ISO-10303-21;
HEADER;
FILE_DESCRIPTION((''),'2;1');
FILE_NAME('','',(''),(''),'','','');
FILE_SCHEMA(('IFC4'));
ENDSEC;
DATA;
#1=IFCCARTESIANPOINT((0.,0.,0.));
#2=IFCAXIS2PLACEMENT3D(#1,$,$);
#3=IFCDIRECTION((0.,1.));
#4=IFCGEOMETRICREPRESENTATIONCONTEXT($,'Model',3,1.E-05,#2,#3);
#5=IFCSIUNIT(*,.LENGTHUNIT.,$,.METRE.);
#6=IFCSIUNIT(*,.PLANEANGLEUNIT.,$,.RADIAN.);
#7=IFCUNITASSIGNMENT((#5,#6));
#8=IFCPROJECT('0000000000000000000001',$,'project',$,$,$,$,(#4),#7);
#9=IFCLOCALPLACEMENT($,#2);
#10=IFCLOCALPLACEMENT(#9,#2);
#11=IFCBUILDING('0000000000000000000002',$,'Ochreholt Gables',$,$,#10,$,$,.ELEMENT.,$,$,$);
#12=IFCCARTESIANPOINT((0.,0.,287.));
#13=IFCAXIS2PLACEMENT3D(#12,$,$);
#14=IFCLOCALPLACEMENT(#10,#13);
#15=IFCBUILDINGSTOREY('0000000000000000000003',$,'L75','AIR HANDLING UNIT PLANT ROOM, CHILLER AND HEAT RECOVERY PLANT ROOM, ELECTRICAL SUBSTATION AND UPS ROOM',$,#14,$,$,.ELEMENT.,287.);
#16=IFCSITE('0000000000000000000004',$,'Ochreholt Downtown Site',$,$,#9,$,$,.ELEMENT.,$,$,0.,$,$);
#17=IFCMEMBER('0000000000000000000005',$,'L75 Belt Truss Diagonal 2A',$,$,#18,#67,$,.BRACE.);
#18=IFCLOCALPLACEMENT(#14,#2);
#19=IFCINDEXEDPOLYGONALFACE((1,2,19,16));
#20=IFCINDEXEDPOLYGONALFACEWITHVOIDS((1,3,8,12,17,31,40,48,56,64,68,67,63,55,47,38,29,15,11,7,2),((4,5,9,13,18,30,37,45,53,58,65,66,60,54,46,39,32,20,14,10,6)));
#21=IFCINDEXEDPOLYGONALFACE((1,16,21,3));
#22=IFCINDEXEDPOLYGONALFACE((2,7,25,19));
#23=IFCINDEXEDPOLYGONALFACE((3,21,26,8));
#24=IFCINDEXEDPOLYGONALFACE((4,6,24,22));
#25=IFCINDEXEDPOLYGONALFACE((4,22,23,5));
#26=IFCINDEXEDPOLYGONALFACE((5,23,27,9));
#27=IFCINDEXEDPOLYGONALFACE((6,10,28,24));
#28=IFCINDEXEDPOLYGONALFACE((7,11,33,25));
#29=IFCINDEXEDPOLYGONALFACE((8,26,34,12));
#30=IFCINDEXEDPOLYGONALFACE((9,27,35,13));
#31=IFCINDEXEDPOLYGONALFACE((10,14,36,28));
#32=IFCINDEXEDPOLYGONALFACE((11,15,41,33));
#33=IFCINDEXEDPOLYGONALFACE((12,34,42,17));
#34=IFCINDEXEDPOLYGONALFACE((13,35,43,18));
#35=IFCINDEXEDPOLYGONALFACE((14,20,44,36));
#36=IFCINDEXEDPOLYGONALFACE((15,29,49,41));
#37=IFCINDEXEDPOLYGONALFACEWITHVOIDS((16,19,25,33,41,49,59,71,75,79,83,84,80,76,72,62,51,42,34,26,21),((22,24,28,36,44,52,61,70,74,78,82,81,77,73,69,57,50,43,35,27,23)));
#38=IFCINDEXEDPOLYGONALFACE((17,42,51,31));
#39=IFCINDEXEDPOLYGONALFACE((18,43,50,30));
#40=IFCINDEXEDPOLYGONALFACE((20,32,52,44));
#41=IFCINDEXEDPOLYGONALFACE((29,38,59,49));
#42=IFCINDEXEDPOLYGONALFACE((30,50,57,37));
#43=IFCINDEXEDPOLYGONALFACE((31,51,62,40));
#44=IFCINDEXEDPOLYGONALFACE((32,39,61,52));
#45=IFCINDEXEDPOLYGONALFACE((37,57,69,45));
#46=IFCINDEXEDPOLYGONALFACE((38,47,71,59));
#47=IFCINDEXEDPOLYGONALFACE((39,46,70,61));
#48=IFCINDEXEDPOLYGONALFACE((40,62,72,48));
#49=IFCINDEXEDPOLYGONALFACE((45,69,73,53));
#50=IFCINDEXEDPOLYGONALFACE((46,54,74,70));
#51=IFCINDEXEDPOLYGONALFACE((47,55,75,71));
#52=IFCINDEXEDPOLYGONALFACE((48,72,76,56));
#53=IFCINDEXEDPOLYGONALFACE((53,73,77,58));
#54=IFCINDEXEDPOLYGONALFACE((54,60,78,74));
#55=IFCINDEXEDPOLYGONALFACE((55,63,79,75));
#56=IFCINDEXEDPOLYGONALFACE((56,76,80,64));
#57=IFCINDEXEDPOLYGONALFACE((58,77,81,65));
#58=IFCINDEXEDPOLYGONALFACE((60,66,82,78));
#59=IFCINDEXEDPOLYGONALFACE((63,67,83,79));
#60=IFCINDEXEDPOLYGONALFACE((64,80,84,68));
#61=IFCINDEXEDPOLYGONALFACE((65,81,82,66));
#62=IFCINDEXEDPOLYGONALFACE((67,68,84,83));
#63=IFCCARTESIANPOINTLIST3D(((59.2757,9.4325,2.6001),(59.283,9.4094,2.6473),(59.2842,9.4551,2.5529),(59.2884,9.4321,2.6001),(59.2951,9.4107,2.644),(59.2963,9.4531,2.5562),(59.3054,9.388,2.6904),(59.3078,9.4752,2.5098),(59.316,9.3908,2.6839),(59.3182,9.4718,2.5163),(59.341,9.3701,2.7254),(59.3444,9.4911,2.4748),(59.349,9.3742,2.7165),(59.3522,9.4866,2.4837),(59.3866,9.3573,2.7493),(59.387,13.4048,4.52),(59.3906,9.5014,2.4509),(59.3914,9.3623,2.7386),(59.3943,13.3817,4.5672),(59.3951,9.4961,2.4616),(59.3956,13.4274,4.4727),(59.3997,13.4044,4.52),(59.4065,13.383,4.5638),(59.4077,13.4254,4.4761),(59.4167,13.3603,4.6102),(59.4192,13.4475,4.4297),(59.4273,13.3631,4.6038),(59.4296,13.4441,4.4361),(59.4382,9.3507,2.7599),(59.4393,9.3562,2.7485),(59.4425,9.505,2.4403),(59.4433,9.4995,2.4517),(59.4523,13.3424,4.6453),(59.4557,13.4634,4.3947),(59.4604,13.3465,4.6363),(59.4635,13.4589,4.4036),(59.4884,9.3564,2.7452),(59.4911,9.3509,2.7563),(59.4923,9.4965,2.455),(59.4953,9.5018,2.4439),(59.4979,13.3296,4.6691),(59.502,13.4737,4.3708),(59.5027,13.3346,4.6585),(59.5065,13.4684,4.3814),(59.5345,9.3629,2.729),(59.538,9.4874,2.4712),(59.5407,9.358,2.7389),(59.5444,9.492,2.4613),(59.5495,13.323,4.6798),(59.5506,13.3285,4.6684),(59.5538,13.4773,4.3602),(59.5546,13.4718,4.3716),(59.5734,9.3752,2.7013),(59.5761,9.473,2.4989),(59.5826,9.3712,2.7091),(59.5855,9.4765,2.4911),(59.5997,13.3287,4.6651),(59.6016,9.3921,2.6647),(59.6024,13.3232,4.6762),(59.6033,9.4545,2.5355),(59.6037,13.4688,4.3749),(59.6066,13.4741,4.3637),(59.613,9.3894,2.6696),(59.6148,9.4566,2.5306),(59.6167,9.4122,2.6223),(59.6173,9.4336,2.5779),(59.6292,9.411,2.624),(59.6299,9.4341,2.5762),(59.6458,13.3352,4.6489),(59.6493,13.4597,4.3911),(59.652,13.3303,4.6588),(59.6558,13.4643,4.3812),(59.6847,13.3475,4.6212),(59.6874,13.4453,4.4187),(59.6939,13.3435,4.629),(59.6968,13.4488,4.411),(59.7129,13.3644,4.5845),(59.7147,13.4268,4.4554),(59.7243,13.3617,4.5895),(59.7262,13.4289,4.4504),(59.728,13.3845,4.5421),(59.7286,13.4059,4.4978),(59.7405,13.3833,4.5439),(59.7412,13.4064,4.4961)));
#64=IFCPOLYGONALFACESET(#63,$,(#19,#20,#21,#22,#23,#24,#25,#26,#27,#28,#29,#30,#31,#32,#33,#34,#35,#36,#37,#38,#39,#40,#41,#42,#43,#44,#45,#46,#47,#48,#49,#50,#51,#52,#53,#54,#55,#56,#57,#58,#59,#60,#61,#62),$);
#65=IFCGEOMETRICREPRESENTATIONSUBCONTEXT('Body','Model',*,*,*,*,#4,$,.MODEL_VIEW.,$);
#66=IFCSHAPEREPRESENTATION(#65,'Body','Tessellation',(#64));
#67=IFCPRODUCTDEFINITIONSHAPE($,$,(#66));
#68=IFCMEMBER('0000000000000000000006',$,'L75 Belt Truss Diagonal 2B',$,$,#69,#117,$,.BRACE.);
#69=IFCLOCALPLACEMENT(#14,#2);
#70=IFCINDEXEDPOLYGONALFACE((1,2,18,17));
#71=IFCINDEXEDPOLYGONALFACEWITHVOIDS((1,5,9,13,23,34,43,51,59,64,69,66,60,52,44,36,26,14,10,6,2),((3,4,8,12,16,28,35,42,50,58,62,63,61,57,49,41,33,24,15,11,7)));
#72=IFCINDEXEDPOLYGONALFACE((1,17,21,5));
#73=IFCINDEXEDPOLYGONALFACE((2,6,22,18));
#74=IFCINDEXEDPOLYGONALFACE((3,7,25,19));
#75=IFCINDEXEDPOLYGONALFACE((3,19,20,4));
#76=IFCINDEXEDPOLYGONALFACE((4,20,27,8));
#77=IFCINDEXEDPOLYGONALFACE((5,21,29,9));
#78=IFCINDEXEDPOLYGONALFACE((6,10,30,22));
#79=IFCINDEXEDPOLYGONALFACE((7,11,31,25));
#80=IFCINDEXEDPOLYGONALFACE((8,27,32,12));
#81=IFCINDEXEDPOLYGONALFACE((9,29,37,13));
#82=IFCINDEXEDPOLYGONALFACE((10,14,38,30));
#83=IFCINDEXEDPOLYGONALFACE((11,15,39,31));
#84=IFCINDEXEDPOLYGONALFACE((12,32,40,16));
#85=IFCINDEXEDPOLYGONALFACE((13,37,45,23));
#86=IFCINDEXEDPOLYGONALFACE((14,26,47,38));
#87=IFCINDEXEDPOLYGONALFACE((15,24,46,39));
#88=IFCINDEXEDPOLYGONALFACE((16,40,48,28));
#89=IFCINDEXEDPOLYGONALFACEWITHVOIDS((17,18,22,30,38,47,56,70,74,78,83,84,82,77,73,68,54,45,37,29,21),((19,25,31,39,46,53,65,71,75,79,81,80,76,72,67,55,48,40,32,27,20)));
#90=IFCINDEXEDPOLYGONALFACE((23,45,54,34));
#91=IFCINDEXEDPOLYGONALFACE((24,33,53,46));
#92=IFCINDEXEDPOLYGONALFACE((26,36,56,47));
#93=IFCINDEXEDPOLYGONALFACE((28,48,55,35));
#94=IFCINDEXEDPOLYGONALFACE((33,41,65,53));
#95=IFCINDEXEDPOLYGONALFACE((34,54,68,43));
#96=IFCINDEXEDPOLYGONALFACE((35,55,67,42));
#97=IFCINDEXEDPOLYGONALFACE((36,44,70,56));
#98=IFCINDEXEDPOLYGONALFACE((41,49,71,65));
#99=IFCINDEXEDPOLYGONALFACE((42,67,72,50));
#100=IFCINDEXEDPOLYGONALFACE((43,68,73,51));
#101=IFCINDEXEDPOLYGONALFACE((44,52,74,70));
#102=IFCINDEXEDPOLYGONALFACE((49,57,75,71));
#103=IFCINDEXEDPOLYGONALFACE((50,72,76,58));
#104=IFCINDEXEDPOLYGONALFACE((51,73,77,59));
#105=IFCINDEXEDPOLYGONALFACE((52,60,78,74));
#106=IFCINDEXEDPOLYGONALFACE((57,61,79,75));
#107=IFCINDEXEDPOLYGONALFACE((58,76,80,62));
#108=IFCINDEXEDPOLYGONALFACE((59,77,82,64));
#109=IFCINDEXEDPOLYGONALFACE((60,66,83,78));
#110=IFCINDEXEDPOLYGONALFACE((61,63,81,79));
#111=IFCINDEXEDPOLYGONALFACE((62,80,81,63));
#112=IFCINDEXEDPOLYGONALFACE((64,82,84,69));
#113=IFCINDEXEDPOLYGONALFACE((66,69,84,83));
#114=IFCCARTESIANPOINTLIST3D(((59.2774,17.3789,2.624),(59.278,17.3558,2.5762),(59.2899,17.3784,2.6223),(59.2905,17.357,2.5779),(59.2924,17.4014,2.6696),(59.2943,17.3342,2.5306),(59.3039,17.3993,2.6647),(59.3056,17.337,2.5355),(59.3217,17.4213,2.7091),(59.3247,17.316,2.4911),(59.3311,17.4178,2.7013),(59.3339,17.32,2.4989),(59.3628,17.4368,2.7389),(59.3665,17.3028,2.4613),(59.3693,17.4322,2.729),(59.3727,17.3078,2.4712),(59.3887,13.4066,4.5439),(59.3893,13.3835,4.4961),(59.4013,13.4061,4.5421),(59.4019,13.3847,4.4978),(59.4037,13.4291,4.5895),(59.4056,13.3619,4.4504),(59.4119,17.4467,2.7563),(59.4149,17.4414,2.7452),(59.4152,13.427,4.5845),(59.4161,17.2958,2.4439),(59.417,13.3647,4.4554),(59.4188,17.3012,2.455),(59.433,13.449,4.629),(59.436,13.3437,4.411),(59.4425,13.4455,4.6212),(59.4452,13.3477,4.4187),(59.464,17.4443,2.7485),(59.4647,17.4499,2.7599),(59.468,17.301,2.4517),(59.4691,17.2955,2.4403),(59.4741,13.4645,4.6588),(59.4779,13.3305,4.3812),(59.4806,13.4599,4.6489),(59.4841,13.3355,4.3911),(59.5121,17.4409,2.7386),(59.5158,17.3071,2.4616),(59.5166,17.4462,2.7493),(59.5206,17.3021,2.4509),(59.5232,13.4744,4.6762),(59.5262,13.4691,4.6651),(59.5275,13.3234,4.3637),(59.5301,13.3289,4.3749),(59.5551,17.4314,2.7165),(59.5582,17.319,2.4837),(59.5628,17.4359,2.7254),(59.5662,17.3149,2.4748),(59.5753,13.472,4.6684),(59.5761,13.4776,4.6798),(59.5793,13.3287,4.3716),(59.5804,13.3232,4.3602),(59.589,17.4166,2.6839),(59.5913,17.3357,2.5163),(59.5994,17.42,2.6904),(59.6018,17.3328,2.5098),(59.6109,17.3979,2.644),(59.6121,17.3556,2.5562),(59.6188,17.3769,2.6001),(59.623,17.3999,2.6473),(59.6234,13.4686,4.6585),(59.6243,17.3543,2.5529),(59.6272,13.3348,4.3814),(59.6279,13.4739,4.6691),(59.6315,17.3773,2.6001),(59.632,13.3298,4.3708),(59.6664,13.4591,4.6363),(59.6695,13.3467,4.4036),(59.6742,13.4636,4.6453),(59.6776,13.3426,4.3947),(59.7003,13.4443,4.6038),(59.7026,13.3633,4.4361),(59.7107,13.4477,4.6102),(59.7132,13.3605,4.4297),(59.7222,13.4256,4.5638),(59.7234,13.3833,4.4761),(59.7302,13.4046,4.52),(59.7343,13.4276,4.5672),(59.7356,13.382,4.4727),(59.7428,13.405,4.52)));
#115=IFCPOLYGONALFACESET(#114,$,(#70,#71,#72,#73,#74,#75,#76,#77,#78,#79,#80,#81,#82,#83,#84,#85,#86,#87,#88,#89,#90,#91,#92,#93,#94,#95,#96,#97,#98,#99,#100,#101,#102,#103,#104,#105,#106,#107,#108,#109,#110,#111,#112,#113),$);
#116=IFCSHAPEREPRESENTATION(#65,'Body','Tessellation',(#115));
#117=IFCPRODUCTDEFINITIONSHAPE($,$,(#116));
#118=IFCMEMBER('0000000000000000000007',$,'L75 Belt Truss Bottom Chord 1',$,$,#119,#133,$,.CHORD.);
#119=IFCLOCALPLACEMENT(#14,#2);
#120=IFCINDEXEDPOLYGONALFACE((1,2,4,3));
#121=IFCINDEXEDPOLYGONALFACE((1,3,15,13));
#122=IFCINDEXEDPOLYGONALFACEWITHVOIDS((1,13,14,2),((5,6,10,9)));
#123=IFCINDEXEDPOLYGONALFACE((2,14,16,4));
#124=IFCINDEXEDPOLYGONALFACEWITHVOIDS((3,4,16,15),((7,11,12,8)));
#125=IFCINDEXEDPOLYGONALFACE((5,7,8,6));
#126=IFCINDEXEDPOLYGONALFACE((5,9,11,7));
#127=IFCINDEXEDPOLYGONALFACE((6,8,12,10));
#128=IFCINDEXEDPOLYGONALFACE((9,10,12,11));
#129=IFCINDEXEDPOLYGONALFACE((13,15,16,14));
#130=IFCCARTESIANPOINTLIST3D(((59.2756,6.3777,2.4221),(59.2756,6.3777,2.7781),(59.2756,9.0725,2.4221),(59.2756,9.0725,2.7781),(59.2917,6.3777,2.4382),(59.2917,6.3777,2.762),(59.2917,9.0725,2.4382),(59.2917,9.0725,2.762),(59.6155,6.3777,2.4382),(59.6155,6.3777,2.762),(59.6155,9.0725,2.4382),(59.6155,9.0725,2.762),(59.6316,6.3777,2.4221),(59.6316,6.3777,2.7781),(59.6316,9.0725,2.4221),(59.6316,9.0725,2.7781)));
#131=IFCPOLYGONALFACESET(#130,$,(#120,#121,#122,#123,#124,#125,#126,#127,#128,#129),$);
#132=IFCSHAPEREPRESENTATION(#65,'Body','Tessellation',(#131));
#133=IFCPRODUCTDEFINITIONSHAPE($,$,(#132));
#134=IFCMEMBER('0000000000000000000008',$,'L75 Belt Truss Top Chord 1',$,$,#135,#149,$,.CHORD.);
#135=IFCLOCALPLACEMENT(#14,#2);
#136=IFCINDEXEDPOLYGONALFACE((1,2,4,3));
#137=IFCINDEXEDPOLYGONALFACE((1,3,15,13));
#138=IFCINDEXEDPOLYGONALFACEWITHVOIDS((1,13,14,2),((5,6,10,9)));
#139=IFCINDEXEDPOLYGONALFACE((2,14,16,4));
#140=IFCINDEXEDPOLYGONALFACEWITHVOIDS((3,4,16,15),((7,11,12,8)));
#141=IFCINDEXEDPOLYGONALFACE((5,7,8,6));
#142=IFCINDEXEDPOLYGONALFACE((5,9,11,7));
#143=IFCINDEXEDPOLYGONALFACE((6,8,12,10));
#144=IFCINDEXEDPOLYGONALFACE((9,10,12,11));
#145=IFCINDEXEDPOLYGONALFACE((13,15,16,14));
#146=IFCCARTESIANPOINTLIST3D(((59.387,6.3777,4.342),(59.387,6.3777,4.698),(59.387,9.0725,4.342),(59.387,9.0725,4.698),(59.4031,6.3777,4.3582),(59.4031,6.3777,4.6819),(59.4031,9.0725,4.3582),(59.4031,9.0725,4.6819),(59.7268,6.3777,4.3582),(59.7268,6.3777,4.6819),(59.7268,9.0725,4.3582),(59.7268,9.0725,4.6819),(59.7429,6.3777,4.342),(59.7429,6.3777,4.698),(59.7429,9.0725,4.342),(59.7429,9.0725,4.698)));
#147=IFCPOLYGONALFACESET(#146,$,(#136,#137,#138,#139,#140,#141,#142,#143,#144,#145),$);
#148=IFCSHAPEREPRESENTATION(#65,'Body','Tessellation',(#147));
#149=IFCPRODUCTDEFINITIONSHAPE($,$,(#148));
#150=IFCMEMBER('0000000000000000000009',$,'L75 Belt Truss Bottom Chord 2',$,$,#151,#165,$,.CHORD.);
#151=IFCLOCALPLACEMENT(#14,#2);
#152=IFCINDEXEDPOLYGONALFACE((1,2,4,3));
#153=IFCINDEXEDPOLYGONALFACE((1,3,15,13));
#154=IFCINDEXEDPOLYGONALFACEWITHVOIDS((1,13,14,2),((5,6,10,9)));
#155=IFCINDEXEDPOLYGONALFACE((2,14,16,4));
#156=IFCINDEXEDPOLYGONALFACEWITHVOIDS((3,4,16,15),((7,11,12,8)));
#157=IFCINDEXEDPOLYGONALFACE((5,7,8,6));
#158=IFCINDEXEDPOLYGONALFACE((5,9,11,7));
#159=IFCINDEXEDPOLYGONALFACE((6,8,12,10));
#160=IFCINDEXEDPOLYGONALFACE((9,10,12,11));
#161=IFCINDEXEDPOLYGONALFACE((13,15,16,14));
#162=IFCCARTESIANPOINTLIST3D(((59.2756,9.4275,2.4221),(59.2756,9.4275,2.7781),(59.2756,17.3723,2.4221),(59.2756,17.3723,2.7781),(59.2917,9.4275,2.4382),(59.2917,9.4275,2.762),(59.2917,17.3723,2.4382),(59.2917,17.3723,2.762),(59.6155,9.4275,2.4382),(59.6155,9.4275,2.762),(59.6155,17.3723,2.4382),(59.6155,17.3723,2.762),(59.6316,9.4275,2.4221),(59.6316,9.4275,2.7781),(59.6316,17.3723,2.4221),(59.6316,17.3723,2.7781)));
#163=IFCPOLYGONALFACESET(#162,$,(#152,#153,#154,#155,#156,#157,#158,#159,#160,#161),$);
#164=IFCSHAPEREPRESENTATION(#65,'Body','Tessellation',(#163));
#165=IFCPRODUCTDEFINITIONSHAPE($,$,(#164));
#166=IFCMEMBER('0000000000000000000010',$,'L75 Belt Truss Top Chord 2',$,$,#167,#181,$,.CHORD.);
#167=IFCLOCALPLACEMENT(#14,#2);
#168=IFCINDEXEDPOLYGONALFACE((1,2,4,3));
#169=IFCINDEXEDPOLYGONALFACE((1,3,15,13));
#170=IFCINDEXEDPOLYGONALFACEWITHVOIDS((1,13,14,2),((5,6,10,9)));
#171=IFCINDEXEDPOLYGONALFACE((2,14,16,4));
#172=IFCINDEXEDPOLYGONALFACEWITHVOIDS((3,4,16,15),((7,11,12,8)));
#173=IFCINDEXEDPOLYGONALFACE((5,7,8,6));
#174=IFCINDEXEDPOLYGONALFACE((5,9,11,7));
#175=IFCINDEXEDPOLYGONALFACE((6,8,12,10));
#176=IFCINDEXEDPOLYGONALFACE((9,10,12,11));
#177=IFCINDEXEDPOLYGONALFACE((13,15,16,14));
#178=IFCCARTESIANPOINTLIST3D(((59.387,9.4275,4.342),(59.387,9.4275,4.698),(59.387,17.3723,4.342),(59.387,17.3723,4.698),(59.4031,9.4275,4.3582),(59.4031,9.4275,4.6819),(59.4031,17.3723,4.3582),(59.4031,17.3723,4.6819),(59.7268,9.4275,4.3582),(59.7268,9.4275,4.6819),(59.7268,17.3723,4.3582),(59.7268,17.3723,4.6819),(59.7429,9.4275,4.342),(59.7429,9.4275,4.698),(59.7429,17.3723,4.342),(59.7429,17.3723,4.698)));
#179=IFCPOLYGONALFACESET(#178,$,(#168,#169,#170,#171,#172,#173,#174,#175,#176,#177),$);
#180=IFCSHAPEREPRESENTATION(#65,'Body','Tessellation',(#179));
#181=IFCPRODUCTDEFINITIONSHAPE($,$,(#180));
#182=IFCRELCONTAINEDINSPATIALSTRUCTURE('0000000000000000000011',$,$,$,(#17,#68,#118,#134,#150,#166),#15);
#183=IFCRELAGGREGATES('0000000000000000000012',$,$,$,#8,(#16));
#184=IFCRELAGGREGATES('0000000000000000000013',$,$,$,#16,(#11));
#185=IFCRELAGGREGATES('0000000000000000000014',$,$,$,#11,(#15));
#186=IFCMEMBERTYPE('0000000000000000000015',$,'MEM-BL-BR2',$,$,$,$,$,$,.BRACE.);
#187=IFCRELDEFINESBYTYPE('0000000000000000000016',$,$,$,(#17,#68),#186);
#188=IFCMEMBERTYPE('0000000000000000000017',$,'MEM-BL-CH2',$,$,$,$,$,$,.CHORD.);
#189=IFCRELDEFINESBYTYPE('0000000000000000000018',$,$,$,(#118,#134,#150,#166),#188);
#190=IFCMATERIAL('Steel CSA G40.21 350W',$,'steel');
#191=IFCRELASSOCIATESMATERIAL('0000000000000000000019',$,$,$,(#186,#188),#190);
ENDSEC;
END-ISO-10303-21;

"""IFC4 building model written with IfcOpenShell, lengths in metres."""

from ifc_helpers import new_model, si_unit, direction, frame, origin, origin_2d, place, context, subcontext, project, spatial, hollow_rectangle, hollow_circle, extrude, material, material_profile, profile_set, type_object, element, save


model = new_model("IFC4")

# Units and contexts
model_context = context("Model", 3, precision=1e-05, world=origin(), true_north=direction((0.0, 1.0)))
body_context = subcontext(model_context, "Body", "Model", "MODEL_VIEW")
ifc_project = project(units=[si_unit("LENGTHUNIT", "METRE"), si_unit("PLANEANGLEUNIT", "RADIAN")], contexts=[model_context])

# Site, building, storey
site_placement = place(None, origin())
site = spatial("IfcSite", under=ifc_project, at=site_placement, Name="Ochreholt Downtown Site", CompositionType="ELEMENT", RefElevation=0.0)
building_placement = place(site_placement, origin())
building = spatial("IfcBuilding", under=site, at=building_placement, Name="Ochreholt Gables", CompositionType="ELEMENT")
storey_placement = place(building_placement, frame((0.0, 0.0, 287.0)))
storey = spatial("IfcBuildingStorey", under=building, at=storey_placement, Name="L75", Description="AIR HANDLING UNIT PLANT ROOM, CHILLER AND HEAT RECOVERY PLANT ROOM, ELECTRICAL SUBSTATION AND UPS ROOM", CompositionType="ELEMENT", Elevation=287.0)

# Shared definitions
ifc_material_1 = material(Name="Steel CSA G40.21 350W", Category="steel")

# Members
ifc_material_profile_1 = material_profile(ifc_material_1, hollow_circle(Radius=0.178, WallThickness=0.0127, at=origin_2d()), Name="CHS356X13")
ifc_profile_set_1 = profile_set([ifc_material_profile_1], Name="Steel CSA G40.21 350W")
member_type_1 = type_object("IfcMemberType", Name="MEM-BL-BR2", PredefinedType="BRACE", material=ifc_profile_set_1)
for number, where, z_axis, x_axis, name in (
    (1, (59.4536, 9.4275, 2.6001), (0.025225, 0.900069, 0.435016), (-0.999608, 0.028014, 0.0), "L75 Belt Truss Diagonal 2A"),
    (2, (59.4536, 17.3723, 2.6001), (0.025225, -0.900069, 0.435016), (0.999608, 0.028014, 0.0), "L75 Belt Truss Diagonal 2B"),
):
    element("IfcMember", number, at=place(storey_placement, frame(where, z_axis=z_axis, x_axis=x_axis)), inside=storey, type_object=member_type_1, Name=name, PredefinedType="BRACE", context=body_context, shape_type="SweptSolid", body=[
        extrude(hollow_circle(Radius=0.178, WallThickness=0.0127, at=origin_2d()), origin(), (0.0, 0.0, 1.0), 4.4133),
    ])
ifc_material_profile_2 = material_profile(ifc_material_1, hollow_rectangle(XDim=0.356, YDim=0.356, WallThickness=0.0161, at=origin_2d()), Name="HSS356X356X16")
ifc_profile_set_2 = profile_set([ifc_material_profile_2], Name="Steel CSA G40.21 350W")
member_type_2 = type_object("IfcMemberType", Name="MEM-BL-CH2", PredefinedType="CHORD", material=ifc_profile_set_2)
for number, where, z_axis, x_axis, name in (
    (3, (59.4536, 6.3777, 2.6001), (0.0, 1.0, 0.0), (-1.0, 0.0, 0.0), "L75 Belt Truss Bottom Chord 1"),
    (4, (59.5649, 6.3777, 4.52), (0.0, 1.0, 0.0), (-1.0, 0.0, 0.0), "L75 Belt Truss Top Chord 1"),
):
    element("IfcMember", number, at=place(storey_placement, frame(where, z_axis=z_axis, x_axis=x_axis)), inside=storey, type_object=member_type_2, Name=name, PredefinedType="CHORD", context=body_context, shape_type="SweptSolid", body=[
        extrude(hollow_rectangle(XDim=0.356, YDim=0.356, WallThickness=0.0161, at=origin_2d()), origin(), (0.0, 0.0, 1.0), 2.6948),
    ])
for number, where, z_axis, x_axis, name in (
    (5, (59.4536, 9.4275, 2.6001), (0.0, 1.0, 0.0), (-1.0, 0.0, 0.0), "L75 Belt Truss Bottom Chord 2"),
    (6, (59.5649, 9.4275, 4.52), (0.0, 1.0, 0.0), (-1.0, 0.0, 0.0), "L75 Belt Truss Top Chord 2"),
):
    element("IfcMember", number, at=place(storey_placement, frame(where, z_axis=z_axis, x_axis=x_axis)), inside=storey, type_object=member_type_2, Name=name, PredefinedType="CHORD", context=body_context, shape_type="SweptSolid", body=[
        extrude(hollow_rectangle(XDim=0.356, YDim=0.356, WallThickness=0.0161, at=origin_2d()), origin(), (0.0, 0.0, 1.0), 7.9448),
    ])

save(model, "model.ifc")
